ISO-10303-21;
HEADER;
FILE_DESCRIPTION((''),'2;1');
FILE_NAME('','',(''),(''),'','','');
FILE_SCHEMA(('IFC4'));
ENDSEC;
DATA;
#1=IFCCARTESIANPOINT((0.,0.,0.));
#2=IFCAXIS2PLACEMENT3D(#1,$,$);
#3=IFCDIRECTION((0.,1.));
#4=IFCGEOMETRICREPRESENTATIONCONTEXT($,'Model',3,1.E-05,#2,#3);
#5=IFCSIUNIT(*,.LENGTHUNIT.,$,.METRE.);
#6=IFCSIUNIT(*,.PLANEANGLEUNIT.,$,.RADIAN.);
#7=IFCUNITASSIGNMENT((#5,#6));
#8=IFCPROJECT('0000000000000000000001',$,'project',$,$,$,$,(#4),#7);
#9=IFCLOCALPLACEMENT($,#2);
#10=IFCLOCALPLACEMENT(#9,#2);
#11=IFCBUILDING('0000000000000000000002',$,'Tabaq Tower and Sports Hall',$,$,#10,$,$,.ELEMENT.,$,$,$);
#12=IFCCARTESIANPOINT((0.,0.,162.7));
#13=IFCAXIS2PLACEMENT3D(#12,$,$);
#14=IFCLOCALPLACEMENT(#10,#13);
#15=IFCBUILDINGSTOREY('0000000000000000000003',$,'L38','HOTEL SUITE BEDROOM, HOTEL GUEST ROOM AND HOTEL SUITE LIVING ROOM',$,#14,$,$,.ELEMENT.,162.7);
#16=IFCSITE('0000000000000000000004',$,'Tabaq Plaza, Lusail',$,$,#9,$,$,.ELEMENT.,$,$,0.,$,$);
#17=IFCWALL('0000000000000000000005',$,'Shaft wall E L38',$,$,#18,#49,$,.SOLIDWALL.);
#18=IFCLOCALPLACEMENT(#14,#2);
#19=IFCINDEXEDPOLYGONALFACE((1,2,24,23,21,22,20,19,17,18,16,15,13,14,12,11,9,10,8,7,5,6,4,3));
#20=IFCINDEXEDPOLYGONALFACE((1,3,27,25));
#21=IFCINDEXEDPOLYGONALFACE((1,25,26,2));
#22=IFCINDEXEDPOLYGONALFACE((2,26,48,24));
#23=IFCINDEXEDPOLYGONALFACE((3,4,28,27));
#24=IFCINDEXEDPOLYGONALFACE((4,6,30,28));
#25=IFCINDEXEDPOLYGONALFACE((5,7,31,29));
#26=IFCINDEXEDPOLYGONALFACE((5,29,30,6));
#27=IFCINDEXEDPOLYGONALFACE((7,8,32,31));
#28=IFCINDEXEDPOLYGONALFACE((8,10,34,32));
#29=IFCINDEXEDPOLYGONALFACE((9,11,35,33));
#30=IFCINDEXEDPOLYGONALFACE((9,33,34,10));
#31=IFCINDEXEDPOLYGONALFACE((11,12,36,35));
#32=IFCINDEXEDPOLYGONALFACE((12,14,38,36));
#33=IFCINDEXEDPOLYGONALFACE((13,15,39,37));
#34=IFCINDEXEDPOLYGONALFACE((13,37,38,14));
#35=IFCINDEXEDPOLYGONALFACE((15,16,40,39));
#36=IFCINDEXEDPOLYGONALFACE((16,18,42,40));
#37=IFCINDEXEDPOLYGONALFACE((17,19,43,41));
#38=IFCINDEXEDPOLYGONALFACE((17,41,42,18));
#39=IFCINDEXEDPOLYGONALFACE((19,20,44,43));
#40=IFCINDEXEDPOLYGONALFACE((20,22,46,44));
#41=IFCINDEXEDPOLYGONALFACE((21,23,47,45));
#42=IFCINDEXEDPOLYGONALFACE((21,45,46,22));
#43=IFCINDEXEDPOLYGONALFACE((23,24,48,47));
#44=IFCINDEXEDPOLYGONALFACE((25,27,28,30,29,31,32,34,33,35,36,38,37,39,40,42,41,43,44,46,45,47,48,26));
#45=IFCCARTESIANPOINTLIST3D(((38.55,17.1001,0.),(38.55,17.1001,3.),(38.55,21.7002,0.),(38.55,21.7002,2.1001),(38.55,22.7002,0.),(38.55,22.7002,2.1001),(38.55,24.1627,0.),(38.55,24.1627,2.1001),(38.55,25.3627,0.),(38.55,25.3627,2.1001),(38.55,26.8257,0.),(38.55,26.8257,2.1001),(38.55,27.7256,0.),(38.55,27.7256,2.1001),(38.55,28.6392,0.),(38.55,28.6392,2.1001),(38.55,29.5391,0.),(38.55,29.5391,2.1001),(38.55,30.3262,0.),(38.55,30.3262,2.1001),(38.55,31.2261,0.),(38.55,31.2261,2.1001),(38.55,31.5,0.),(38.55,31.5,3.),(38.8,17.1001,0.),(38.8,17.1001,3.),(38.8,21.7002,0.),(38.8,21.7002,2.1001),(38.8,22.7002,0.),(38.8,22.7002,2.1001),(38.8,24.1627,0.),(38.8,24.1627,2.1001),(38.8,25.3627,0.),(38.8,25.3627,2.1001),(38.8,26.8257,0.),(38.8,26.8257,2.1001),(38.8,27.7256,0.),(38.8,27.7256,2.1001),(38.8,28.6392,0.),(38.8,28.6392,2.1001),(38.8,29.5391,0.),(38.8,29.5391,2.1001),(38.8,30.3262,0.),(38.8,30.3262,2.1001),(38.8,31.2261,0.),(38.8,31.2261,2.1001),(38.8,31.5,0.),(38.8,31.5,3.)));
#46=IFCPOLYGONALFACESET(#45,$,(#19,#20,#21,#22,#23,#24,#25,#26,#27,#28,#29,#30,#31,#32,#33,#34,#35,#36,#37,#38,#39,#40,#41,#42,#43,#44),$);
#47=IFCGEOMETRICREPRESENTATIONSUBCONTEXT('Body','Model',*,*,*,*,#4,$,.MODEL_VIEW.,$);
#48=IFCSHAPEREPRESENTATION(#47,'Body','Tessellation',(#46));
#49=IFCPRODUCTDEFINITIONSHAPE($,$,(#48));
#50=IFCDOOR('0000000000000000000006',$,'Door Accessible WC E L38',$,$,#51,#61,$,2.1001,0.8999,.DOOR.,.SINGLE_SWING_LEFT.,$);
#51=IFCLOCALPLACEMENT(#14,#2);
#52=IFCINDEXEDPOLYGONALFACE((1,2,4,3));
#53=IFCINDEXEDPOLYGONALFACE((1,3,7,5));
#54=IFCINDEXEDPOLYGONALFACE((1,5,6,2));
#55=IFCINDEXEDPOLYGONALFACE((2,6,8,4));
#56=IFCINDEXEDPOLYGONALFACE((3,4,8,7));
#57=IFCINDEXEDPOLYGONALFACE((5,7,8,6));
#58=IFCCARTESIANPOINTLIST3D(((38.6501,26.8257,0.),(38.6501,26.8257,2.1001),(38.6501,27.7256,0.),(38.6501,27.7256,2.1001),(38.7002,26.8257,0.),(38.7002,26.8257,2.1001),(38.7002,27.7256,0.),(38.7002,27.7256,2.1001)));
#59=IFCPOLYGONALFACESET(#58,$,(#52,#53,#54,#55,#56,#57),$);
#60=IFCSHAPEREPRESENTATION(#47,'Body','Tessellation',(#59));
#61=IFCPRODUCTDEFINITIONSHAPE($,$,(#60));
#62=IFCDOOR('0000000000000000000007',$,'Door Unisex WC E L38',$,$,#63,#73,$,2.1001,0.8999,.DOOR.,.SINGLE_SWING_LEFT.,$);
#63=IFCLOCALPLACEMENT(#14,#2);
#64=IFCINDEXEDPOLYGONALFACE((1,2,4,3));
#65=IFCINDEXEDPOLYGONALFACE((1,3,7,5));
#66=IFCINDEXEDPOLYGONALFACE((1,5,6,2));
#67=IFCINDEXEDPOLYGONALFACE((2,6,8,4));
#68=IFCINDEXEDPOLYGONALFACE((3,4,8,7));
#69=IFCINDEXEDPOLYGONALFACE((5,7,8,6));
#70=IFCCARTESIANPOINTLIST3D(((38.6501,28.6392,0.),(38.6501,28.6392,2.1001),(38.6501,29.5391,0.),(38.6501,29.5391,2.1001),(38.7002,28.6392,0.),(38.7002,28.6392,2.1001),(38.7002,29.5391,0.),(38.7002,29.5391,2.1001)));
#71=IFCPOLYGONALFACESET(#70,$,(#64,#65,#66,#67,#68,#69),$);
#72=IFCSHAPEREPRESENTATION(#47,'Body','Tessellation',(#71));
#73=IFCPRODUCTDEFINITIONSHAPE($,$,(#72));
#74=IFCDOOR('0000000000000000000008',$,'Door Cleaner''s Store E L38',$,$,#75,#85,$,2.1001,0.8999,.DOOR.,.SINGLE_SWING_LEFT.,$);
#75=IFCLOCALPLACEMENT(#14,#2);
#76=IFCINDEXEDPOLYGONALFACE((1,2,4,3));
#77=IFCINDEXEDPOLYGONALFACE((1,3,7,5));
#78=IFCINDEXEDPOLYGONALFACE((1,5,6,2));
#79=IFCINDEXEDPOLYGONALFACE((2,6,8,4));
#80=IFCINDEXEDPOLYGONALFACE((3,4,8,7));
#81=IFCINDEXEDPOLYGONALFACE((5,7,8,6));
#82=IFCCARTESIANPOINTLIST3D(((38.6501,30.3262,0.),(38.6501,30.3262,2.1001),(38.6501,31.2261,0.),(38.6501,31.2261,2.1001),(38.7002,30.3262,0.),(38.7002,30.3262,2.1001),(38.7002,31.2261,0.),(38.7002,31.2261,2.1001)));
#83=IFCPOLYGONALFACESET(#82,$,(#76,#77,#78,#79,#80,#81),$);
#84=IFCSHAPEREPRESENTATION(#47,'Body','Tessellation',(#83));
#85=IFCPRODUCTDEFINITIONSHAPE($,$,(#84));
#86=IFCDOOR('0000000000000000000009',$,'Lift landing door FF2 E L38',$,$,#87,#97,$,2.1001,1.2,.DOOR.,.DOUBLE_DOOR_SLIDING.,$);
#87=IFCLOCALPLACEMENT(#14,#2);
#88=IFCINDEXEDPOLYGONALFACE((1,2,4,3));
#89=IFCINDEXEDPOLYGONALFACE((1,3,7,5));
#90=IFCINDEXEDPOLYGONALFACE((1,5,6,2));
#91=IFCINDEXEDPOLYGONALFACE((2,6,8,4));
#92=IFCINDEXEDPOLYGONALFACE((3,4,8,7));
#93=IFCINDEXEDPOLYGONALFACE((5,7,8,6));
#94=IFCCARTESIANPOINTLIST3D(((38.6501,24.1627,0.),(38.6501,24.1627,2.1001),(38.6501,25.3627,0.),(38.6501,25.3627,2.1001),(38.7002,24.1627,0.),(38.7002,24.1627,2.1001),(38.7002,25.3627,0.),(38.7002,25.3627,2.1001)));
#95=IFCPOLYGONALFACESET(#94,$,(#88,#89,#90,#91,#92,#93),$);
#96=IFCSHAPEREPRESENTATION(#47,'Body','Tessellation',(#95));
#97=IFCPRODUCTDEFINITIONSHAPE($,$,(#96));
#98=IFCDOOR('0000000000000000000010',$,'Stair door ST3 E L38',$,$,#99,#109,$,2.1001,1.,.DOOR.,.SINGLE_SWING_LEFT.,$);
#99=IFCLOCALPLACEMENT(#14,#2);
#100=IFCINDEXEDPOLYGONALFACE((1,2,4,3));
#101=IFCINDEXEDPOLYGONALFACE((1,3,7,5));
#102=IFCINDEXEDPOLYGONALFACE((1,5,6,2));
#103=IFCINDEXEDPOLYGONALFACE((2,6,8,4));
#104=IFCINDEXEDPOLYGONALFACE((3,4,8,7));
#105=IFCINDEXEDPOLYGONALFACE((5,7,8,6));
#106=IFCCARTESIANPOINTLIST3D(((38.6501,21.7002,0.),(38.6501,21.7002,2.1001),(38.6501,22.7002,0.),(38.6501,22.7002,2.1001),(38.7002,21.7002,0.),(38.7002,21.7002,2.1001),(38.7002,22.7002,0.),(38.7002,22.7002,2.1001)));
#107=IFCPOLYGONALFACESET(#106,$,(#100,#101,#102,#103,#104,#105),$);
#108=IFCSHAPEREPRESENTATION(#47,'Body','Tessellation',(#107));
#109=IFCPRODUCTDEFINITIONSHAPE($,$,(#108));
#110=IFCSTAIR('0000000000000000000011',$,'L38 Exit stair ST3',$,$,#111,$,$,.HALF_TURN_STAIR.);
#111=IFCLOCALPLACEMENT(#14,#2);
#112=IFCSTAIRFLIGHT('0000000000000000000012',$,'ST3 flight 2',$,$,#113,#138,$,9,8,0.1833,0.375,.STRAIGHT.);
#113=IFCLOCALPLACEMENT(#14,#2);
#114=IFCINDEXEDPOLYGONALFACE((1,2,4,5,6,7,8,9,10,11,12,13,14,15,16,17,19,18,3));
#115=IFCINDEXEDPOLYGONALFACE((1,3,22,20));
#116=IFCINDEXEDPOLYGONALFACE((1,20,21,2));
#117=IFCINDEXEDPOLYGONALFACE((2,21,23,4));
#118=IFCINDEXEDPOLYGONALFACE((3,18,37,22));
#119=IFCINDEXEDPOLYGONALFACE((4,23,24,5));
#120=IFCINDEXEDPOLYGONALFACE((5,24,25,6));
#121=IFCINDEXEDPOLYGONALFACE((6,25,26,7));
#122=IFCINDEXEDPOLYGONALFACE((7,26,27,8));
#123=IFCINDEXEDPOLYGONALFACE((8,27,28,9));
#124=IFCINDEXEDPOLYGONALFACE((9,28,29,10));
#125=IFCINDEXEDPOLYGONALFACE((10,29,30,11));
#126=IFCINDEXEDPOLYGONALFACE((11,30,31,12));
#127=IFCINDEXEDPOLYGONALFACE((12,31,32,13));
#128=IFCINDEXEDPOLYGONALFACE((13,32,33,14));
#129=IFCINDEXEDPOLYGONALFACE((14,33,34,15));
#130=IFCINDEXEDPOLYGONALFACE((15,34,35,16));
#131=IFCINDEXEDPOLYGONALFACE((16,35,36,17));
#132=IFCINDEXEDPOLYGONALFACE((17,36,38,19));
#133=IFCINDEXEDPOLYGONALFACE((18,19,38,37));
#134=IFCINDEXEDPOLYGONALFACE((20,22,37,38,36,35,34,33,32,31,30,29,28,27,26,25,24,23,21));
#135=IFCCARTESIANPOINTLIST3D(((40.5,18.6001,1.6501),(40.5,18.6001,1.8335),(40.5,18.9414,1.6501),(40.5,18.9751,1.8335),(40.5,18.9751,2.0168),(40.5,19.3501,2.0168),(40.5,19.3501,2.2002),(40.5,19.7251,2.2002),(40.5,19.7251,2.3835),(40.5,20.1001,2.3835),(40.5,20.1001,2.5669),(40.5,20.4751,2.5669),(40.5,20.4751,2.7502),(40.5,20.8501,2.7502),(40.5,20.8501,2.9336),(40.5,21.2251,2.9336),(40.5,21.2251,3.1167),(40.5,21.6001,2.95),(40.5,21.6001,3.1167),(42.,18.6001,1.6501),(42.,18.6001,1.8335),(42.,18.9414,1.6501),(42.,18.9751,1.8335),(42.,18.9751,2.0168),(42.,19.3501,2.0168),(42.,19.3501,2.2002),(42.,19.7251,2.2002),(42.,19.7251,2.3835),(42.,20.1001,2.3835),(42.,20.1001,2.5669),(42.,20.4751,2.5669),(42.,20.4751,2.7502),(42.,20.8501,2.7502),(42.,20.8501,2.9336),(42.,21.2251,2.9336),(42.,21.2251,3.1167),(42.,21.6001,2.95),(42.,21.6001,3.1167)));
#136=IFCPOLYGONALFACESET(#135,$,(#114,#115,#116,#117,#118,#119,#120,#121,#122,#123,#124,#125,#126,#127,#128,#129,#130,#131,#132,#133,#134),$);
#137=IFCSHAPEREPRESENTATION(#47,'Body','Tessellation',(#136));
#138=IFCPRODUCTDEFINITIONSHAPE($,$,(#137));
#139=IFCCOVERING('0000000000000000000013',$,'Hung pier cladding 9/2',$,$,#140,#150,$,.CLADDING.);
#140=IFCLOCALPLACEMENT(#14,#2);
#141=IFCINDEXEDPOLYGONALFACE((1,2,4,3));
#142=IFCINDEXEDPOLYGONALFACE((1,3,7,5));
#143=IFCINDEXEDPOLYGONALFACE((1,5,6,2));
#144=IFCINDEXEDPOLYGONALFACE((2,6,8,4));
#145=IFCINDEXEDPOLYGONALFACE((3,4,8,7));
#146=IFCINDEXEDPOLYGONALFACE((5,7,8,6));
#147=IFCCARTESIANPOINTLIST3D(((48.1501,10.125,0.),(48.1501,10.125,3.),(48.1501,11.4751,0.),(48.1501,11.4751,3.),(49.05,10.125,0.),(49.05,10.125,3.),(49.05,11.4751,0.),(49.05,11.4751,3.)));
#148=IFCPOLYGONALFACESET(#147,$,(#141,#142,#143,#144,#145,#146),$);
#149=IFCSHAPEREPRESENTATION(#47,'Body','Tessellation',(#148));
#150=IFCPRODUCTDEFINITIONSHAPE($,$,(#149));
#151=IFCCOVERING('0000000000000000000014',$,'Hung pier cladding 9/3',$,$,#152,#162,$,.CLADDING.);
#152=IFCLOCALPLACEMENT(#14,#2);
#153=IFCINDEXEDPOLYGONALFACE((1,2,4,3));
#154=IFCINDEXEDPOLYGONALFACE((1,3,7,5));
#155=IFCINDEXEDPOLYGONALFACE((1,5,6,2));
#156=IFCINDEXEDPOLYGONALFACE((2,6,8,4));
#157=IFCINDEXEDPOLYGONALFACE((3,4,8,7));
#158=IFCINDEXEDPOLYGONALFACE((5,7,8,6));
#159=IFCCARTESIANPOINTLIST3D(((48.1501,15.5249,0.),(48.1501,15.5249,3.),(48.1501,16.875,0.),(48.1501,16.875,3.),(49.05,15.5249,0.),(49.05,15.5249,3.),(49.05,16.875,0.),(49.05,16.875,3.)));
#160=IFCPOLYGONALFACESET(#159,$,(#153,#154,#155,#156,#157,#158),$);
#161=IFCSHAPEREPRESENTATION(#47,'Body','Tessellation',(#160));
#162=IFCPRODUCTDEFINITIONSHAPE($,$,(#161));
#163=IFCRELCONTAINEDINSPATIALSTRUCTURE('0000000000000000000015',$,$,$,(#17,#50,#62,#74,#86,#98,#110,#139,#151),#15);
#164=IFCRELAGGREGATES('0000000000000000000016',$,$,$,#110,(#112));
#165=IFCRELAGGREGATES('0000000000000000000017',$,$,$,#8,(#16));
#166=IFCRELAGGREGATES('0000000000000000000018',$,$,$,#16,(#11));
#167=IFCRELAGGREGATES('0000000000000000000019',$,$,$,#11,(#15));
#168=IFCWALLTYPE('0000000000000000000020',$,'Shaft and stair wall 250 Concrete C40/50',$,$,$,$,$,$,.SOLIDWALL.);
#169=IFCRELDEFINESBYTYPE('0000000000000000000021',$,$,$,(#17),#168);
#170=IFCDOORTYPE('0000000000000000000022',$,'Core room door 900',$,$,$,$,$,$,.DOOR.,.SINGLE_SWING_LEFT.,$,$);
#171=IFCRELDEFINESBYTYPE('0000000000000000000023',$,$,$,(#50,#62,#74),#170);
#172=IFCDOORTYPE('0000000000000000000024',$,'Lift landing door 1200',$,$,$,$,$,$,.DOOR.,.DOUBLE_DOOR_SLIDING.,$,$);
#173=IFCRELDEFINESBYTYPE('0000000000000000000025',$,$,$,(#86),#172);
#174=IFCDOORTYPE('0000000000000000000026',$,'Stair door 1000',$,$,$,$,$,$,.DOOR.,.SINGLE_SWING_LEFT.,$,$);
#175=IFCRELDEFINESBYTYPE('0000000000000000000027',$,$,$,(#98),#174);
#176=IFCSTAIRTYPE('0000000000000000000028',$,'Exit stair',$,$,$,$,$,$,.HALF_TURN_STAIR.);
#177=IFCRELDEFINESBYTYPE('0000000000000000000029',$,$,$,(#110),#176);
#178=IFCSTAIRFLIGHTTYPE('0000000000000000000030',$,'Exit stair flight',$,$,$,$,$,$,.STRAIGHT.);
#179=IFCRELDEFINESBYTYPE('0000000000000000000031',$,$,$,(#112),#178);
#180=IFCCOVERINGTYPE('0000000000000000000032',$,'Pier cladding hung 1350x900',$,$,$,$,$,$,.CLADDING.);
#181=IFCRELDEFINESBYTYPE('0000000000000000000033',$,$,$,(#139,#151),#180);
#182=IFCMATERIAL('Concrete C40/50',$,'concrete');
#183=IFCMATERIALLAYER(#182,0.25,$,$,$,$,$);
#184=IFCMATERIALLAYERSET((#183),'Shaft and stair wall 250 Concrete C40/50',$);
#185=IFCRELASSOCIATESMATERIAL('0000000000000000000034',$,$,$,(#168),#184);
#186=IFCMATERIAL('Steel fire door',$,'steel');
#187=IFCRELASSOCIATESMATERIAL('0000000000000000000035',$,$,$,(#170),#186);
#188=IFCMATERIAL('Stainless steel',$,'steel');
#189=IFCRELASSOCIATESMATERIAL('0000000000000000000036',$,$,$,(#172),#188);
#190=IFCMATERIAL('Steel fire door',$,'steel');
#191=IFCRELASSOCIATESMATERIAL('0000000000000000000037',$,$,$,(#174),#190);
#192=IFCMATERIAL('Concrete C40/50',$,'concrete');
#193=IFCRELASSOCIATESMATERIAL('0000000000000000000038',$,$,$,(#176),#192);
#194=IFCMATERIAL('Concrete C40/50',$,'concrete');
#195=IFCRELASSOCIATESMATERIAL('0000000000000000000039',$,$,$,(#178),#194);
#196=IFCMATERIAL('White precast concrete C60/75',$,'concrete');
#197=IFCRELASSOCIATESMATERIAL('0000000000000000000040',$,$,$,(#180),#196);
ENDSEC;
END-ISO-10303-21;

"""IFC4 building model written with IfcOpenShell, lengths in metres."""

from ifc_helpers import new_model, si_unit, direction, frame, frame_2d, origin, place, context, subcontext, project, spatial, polyline, rectangle, outline, extrude, material, layer, layer_set, type_object, element, fill, aggregate, save


model = new_model("IFC4")

# Units and contexts
model_context = context("Model", 3, precision=1e-05, world=origin(), true_north=direction((0.0, 1.0)))
body_context = subcontext(model_context, "Body", "Model", "MODEL_VIEW")
ifc_project = project(units=[si_unit("LENGTHUNIT", "METRE"), si_unit("PLANEANGLEUNIT", "RADIAN")], contexts=[model_context])

# Site, building, storey
site_placement = place(None, origin())
site = spatial("IfcSite", under=ifc_project, at=site_placement, Name="Tabaq Plaza, Lusail", CompositionType="ELEMENT", RefElevation=0.0)
building_placement = place(site_placement, origin())
building = spatial("IfcBuilding", under=site, at=building_placement, Name="Tabaq Tower and Sports Hall", CompositionType="ELEMENT")
storey_placement = place(building_placement, frame((0.0, 0.0, 162.7)))
storey = spatial("IfcBuildingStorey", under=building, at=storey_placement, Name="L38", Description="HOTEL SUITE BEDROOM, HOTEL GUEST ROOM AND HOTEL SUITE LIVING ROOM", CompositionType="ELEMENT", Elevation=162.7)

# Wall, openings, doors
ifc_material_1 = material(Name="Concrete C40/50", Category="concrete")
ifc_layer_1 = layer(ifc_material_1, 0.25)
ifc_layer_set_1 = layer_set([ifc_layer_1], Name="Shaft and stair wall 250 Concrete C40/50")
wall_type_1 = type_object("IfcWallType", Name="Shaft and stair wall 250 Concrete C40/50", PredefinedType="SOLIDWALL", material=ifc_layer_set_1)
wall_1_placement = place(storey_placement, frame((38.675, 17.1001, 0.0), z_axis=(0.0, 0.0, 1.0), x_axis=(0.0, 1.0, 0.0)))
wall_1 = element("IfcWall", 1, at=wall_1_placement, inside=storey, type_object=wall_type_1, Name="Shaft wall E L38", PredefinedType="SOLIDWALL", context=body_context, shape_type="SweptSolid", body=[
    extrude(rectangle(XDim=14.3999, YDim=0.25, at=frame_2d((7.2, 0.0))), origin(), (0.0, 0.0, 1.0), 3.0),
])
opening_1_placement = place(wall_1_placement, frame((4.6001, 0.0, 0.0)))
opening_1 = element("IfcOpeningElement", 2, at=opening_1_placement, cuts=wall_1, PredefinedType="OPENING", context=body_context, shape_type="SweptSolid", body=[
    extrude(rectangle(XDim=1.0, YDim=2.1001, at=frame_2d((0.5, 1.05))), frame((0.0, 0.125, 0.0), z_axis=(0.0, -1.0, 0.0), x_axis=(1.0, 0.0, 0.0)), (0.0, 0.0, 1.0), 0.25),
])
opening_2_placement = place(wall_1_placement, frame((7.0625, 0.0, 0.0)))
opening_2 = element("IfcOpeningElement", 3, at=opening_2_placement, cuts=wall_1, PredefinedType="OPENING", context=body_context, shape_type="SweptSolid", body=[
    extrude(rectangle(XDim=1.2, YDim=2.1001, at=frame_2d((0.6001, 1.05))), frame((0.0, 0.125, 0.0), z_axis=(0.0, -1.0, 0.0), x_axis=(1.0, 0.0, 0.0)), (0.0, 0.0, 1.0), 0.25),
])
opening_3_placement = place(wall_1_placement, frame((9.7256, 0.0, 0.0)))
opening_3 = element("IfcOpeningElement", 4, at=opening_3_placement, cuts=wall_1, PredefinedType="OPENING", context=body_context, shape_type="SweptSolid", body=[
    extrude(rectangle(XDim=0.8999, YDim=2.1001, at=frame_2d((0.45, 1.05))), frame((0.0, 0.125, 0.0), z_axis=(0.0, -1.0, 0.0), x_axis=(1.0, 0.0, 0.0)), (0.0, 0.0, 1.0), 0.25),
])
opening_4_placement = place(wall_1_placement, frame((11.5391, 0.0, 0.0)))
opening_4 = element("IfcOpeningElement", 5, at=opening_4_placement, cuts=wall_1, PredefinedType="OPENING", context=body_context, shape_type="SweptSolid", body=[
    extrude(rectangle(XDim=0.8999, YDim=2.1001, at=frame_2d((0.45, 1.05))), frame((0.0, 0.125, 0.0), z_axis=(0.0, -1.0, 0.0), x_axis=(1.0, 0.0, 0.0)), (0.0, 0.0, 1.0), 0.25),
])
opening_5_placement = place(wall_1_placement, frame((13.2261, 0.0, 0.0)))
opening_5 = element("IfcOpeningElement", 6, at=opening_5_placement, cuts=wall_1, PredefinedType="OPENING", context=body_context, shape_type="SweptSolid", body=[
    extrude(rectangle(XDim=0.8999, YDim=2.1001, at=frame_2d((0.45, 1.05))), frame((0.0, 0.125, 0.0), z_axis=(0.0, -1.0, 0.0), x_axis=(1.0, 0.0, 0.0)), (0.0, 0.0, 1.0), 0.25),
])
ifc_material_2 = material(Name="Steel fire door", Category="steel")
door_type_1 = type_object("IfcDoorType", Name="Core room door 900", OperationType="SINGLE_SWING_LEFT", PredefinedType="DOOR", material=ifc_material_2)
door_1_placement = place(opening_3_placement, origin())
door_1 = element("IfcDoor", 7, at=door_1_placement, inside=storey, type_object=door_type_1, Name="Door Accessible WC E L38", OperationType="SINGLE_SWING_LEFT", OverallHeight=2.1001, OverallWidth=0.8999, PredefinedType="DOOR", context=body_context, shape_type="SweptSolid", body=[
    extrude(rectangle(XDim=0.8999, YDim=2.1001, at=frame_2d((0.45, 1.05))), frame((0.0, 0.0249, 0.0), z_axis=(0.0, -1.0, 0.0), x_axis=(1.0, 0.0, 0.0)), (0.0, 0.0, 1.0), 0.05),
])
fill(opening_3, door_1)
door_2_placement = place(opening_4_placement, origin())
door_2 = element("IfcDoor", 8, at=door_2_placement, inside=storey, type_object=door_type_1, Name="Door Unisex WC E L38", OperationType="SINGLE_SWING_LEFT", OverallHeight=2.1001, OverallWidth=0.8999, PredefinedType="DOOR", context=body_context, shape_type="SweptSolid", body=[
    extrude(rectangle(XDim=0.8999, YDim=2.1001, at=frame_2d((0.45, 1.05))), frame((0.0, 0.0249, 0.0), z_axis=(0.0, -1.0, 0.0), x_axis=(1.0, 0.0, 0.0)), (0.0, 0.0, 1.0), 0.05),
])
fill(opening_4, door_2)
door_3_placement = place(opening_5_placement, origin())
door_3 = element("IfcDoor", 9, at=door_3_placement, inside=storey, type_object=door_type_1, Name="Door Cleaner's Store E L38", OperationType="SINGLE_SWING_LEFT", OverallHeight=2.1001, OverallWidth=0.8999, PredefinedType="DOOR", context=body_context, shape_type="SweptSolid", body=[
    extrude(rectangle(XDim=0.8999, YDim=2.1001, at=frame_2d((0.45, 1.05))), frame((0.0, 0.0249, 0.0), z_axis=(0.0, -1.0, 0.0), x_axis=(1.0, 0.0, 0.0)), (0.0, 0.0, 1.0), 0.05),
])
fill(opening_5, door_3)
ifc_material_3 = material(Name="Stainless steel", Category="steel")
door_type_2 = type_object("IfcDoorType", Name="Lift landing door 1200", OperationType="DOUBLE_DOOR_SLIDING", PredefinedType="DOOR", material=ifc_material_3)
door_4_placement = place(opening_2_placement, origin())
door_4 = element("IfcDoor", 10, at=door_4_placement, inside=storey, type_object=door_type_2, Name="Lift landing door FF2 E L38", OperationType="DOUBLE_DOOR_SLIDING", OverallHeight=2.1001, OverallWidth=1.2, PredefinedType="DOOR", context=body_context, shape_type="SweptSolid", body=[
    extrude(rectangle(XDim=1.2, YDim=2.1001, at=frame_2d((0.6001, 1.05))), frame((0.0, 0.0249, 0.0), z_axis=(0.0, -1.0, 0.0), x_axis=(1.0, 0.0, 0.0)), (0.0, 0.0, 1.0), 0.05),
])
fill(opening_2, door_4)
ifc_material_4 = material(Name="Steel fire door", Category="steel")
door_type_3 = type_object("IfcDoorType", Name="Stair door 1000", OperationType="SINGLE_SWING_LEFT", PredefinedType="DOOR", material=ifc_material_4)
door_5_placement = place(opening_1_placement, origin())
door_5 = element("IfcDoor", 11, at=door_5_placement, inside=storey, type_object=door_type_3, Name="Stair door ST3 E L38", OperationType="SINGLE_SWING_LEFT", OverallHeight=2.1001, OverallWidth=1.0, PredefinedType="DOOR", context=body_context, shape_type="SweptSolid", body=[
    extrude(rectangle(XDim=1.0, YDim=2.1001, at=frame_2d((0.5, 1.05))), frame((0.0, 0.0249, 0.0), z_axis=(0.0, -1.0, 0.0), x_axis=(1.0, 0.0, 0.0)), (0.0, 0.0, 1.0), 0.05),
])
fill(opening_1, door_5)

# Stair, stair flight
ifc_material_5 = material(Name="Concrete C40/50", Category="concrete")
stair_type = type_object("IfcStairType", Name="Exit stair", PredefinedType="HALF_TURN_STAIR", material=ifc_material_5)
stair_placement = place(storey_placement, origin())
stair = element("IfcStair", 12, at=stair_placement, inside=storey, type_object=stair_type, Name="L38 Exit stair ST3", PredefinedType="HALF_TURN_STAIR")
ifc_material_6 = material(Name="Concrete C40/50", Category="concrete")
stair_flight_type = type_object("IfcStairFlightType", Name="Exit stair flight", PredefinedType="STRAIGHT", material=ifc_material_6)
stair_flight_placement = place(storey_placement, frame((41.25, 18.6001, 1.6501), z_axis=(0.0, 0.0, 1.0), x_axis=(0.0, 1.0, 0.0)))
stair_flight = element("IfcStairFlight", 13, at=stair_flight_placement, type_object=stair_flight_type, Name="ST3 flight 2", NumberOfRisers=9, NumberOfTreads=8, PredefinedType="STRAIGHT", RiserHeight=0.1833, TreadLength=0.375, context=body_context, shape_type="SweptSolid", body=[
    extrude(outline(polyline([(0.0, 0.0), (0.0, 0.1833), (0.375, 0.1833), (0.375, 0.3667), (0.75, 0.3667), (0.75, 0.55), (1.125, 0.55), (1.125, 0.7334), (1.5, 0.7334), (1.5, 0.9167), (1.875, 0.9167), (1.875, 1.1001), (2.25, 1.1001), (2.25, 1.2834), (2.625, 1.2834), (2.625, 1.4666), (3.0, 1.4666), (3.0, 1.6499), (3.0, 1.2998), (0.3413, 0.0), (0.0, 0.0)])), frame((0.0, 0.75, 0.0), z_axis=(0.0, -1.0, 0.0), x_axis=(1.0, 0.0, 0.0)), (0.0, 0.0, 1.0), 1.5),
])
aggregate(stair, [stair_flight])

# Coverings
ifc_material_7 = material(Name="White precast concrete C60/75", Category="concrete")
covering_type_1 = type_object("IfcCoveringType", Name="Pier cladding hung 1350x900", PredefinedType="CLADDING", material=ifc_material_7)
for number, where, z_axis, x_axis, name in (
    (14, (48.6001, 10.125, 0.0), (0.0, 0.0, 1.0), (0.0, 1.0, 0.0), "Hung pier cladding 9/2"),
    (15, (48.6001, 15.5249, 0.0), (0.0, 0.0, 1.0), (0.0, 1.0, 0.0), "Hung pier cladding 9/3"),
):
    element("IfcCovering", number, at=place(storey_placement, frame(where, z_axis=z_axis, x_axis=x_axis)), inside=storey, type_object=covering_type_1, Name=name, PredefinedType="CLADDING", context=body_context, shape_type="SweptSolid", body=[
        extrude(rectangle(XDim=1.3501, YDim=0.8999, at=frame_2d((0.675, 0.0))), origin(), (0.0, 0.0, 1.0), 3.0),
    ])

save(model, "model.ifc")
